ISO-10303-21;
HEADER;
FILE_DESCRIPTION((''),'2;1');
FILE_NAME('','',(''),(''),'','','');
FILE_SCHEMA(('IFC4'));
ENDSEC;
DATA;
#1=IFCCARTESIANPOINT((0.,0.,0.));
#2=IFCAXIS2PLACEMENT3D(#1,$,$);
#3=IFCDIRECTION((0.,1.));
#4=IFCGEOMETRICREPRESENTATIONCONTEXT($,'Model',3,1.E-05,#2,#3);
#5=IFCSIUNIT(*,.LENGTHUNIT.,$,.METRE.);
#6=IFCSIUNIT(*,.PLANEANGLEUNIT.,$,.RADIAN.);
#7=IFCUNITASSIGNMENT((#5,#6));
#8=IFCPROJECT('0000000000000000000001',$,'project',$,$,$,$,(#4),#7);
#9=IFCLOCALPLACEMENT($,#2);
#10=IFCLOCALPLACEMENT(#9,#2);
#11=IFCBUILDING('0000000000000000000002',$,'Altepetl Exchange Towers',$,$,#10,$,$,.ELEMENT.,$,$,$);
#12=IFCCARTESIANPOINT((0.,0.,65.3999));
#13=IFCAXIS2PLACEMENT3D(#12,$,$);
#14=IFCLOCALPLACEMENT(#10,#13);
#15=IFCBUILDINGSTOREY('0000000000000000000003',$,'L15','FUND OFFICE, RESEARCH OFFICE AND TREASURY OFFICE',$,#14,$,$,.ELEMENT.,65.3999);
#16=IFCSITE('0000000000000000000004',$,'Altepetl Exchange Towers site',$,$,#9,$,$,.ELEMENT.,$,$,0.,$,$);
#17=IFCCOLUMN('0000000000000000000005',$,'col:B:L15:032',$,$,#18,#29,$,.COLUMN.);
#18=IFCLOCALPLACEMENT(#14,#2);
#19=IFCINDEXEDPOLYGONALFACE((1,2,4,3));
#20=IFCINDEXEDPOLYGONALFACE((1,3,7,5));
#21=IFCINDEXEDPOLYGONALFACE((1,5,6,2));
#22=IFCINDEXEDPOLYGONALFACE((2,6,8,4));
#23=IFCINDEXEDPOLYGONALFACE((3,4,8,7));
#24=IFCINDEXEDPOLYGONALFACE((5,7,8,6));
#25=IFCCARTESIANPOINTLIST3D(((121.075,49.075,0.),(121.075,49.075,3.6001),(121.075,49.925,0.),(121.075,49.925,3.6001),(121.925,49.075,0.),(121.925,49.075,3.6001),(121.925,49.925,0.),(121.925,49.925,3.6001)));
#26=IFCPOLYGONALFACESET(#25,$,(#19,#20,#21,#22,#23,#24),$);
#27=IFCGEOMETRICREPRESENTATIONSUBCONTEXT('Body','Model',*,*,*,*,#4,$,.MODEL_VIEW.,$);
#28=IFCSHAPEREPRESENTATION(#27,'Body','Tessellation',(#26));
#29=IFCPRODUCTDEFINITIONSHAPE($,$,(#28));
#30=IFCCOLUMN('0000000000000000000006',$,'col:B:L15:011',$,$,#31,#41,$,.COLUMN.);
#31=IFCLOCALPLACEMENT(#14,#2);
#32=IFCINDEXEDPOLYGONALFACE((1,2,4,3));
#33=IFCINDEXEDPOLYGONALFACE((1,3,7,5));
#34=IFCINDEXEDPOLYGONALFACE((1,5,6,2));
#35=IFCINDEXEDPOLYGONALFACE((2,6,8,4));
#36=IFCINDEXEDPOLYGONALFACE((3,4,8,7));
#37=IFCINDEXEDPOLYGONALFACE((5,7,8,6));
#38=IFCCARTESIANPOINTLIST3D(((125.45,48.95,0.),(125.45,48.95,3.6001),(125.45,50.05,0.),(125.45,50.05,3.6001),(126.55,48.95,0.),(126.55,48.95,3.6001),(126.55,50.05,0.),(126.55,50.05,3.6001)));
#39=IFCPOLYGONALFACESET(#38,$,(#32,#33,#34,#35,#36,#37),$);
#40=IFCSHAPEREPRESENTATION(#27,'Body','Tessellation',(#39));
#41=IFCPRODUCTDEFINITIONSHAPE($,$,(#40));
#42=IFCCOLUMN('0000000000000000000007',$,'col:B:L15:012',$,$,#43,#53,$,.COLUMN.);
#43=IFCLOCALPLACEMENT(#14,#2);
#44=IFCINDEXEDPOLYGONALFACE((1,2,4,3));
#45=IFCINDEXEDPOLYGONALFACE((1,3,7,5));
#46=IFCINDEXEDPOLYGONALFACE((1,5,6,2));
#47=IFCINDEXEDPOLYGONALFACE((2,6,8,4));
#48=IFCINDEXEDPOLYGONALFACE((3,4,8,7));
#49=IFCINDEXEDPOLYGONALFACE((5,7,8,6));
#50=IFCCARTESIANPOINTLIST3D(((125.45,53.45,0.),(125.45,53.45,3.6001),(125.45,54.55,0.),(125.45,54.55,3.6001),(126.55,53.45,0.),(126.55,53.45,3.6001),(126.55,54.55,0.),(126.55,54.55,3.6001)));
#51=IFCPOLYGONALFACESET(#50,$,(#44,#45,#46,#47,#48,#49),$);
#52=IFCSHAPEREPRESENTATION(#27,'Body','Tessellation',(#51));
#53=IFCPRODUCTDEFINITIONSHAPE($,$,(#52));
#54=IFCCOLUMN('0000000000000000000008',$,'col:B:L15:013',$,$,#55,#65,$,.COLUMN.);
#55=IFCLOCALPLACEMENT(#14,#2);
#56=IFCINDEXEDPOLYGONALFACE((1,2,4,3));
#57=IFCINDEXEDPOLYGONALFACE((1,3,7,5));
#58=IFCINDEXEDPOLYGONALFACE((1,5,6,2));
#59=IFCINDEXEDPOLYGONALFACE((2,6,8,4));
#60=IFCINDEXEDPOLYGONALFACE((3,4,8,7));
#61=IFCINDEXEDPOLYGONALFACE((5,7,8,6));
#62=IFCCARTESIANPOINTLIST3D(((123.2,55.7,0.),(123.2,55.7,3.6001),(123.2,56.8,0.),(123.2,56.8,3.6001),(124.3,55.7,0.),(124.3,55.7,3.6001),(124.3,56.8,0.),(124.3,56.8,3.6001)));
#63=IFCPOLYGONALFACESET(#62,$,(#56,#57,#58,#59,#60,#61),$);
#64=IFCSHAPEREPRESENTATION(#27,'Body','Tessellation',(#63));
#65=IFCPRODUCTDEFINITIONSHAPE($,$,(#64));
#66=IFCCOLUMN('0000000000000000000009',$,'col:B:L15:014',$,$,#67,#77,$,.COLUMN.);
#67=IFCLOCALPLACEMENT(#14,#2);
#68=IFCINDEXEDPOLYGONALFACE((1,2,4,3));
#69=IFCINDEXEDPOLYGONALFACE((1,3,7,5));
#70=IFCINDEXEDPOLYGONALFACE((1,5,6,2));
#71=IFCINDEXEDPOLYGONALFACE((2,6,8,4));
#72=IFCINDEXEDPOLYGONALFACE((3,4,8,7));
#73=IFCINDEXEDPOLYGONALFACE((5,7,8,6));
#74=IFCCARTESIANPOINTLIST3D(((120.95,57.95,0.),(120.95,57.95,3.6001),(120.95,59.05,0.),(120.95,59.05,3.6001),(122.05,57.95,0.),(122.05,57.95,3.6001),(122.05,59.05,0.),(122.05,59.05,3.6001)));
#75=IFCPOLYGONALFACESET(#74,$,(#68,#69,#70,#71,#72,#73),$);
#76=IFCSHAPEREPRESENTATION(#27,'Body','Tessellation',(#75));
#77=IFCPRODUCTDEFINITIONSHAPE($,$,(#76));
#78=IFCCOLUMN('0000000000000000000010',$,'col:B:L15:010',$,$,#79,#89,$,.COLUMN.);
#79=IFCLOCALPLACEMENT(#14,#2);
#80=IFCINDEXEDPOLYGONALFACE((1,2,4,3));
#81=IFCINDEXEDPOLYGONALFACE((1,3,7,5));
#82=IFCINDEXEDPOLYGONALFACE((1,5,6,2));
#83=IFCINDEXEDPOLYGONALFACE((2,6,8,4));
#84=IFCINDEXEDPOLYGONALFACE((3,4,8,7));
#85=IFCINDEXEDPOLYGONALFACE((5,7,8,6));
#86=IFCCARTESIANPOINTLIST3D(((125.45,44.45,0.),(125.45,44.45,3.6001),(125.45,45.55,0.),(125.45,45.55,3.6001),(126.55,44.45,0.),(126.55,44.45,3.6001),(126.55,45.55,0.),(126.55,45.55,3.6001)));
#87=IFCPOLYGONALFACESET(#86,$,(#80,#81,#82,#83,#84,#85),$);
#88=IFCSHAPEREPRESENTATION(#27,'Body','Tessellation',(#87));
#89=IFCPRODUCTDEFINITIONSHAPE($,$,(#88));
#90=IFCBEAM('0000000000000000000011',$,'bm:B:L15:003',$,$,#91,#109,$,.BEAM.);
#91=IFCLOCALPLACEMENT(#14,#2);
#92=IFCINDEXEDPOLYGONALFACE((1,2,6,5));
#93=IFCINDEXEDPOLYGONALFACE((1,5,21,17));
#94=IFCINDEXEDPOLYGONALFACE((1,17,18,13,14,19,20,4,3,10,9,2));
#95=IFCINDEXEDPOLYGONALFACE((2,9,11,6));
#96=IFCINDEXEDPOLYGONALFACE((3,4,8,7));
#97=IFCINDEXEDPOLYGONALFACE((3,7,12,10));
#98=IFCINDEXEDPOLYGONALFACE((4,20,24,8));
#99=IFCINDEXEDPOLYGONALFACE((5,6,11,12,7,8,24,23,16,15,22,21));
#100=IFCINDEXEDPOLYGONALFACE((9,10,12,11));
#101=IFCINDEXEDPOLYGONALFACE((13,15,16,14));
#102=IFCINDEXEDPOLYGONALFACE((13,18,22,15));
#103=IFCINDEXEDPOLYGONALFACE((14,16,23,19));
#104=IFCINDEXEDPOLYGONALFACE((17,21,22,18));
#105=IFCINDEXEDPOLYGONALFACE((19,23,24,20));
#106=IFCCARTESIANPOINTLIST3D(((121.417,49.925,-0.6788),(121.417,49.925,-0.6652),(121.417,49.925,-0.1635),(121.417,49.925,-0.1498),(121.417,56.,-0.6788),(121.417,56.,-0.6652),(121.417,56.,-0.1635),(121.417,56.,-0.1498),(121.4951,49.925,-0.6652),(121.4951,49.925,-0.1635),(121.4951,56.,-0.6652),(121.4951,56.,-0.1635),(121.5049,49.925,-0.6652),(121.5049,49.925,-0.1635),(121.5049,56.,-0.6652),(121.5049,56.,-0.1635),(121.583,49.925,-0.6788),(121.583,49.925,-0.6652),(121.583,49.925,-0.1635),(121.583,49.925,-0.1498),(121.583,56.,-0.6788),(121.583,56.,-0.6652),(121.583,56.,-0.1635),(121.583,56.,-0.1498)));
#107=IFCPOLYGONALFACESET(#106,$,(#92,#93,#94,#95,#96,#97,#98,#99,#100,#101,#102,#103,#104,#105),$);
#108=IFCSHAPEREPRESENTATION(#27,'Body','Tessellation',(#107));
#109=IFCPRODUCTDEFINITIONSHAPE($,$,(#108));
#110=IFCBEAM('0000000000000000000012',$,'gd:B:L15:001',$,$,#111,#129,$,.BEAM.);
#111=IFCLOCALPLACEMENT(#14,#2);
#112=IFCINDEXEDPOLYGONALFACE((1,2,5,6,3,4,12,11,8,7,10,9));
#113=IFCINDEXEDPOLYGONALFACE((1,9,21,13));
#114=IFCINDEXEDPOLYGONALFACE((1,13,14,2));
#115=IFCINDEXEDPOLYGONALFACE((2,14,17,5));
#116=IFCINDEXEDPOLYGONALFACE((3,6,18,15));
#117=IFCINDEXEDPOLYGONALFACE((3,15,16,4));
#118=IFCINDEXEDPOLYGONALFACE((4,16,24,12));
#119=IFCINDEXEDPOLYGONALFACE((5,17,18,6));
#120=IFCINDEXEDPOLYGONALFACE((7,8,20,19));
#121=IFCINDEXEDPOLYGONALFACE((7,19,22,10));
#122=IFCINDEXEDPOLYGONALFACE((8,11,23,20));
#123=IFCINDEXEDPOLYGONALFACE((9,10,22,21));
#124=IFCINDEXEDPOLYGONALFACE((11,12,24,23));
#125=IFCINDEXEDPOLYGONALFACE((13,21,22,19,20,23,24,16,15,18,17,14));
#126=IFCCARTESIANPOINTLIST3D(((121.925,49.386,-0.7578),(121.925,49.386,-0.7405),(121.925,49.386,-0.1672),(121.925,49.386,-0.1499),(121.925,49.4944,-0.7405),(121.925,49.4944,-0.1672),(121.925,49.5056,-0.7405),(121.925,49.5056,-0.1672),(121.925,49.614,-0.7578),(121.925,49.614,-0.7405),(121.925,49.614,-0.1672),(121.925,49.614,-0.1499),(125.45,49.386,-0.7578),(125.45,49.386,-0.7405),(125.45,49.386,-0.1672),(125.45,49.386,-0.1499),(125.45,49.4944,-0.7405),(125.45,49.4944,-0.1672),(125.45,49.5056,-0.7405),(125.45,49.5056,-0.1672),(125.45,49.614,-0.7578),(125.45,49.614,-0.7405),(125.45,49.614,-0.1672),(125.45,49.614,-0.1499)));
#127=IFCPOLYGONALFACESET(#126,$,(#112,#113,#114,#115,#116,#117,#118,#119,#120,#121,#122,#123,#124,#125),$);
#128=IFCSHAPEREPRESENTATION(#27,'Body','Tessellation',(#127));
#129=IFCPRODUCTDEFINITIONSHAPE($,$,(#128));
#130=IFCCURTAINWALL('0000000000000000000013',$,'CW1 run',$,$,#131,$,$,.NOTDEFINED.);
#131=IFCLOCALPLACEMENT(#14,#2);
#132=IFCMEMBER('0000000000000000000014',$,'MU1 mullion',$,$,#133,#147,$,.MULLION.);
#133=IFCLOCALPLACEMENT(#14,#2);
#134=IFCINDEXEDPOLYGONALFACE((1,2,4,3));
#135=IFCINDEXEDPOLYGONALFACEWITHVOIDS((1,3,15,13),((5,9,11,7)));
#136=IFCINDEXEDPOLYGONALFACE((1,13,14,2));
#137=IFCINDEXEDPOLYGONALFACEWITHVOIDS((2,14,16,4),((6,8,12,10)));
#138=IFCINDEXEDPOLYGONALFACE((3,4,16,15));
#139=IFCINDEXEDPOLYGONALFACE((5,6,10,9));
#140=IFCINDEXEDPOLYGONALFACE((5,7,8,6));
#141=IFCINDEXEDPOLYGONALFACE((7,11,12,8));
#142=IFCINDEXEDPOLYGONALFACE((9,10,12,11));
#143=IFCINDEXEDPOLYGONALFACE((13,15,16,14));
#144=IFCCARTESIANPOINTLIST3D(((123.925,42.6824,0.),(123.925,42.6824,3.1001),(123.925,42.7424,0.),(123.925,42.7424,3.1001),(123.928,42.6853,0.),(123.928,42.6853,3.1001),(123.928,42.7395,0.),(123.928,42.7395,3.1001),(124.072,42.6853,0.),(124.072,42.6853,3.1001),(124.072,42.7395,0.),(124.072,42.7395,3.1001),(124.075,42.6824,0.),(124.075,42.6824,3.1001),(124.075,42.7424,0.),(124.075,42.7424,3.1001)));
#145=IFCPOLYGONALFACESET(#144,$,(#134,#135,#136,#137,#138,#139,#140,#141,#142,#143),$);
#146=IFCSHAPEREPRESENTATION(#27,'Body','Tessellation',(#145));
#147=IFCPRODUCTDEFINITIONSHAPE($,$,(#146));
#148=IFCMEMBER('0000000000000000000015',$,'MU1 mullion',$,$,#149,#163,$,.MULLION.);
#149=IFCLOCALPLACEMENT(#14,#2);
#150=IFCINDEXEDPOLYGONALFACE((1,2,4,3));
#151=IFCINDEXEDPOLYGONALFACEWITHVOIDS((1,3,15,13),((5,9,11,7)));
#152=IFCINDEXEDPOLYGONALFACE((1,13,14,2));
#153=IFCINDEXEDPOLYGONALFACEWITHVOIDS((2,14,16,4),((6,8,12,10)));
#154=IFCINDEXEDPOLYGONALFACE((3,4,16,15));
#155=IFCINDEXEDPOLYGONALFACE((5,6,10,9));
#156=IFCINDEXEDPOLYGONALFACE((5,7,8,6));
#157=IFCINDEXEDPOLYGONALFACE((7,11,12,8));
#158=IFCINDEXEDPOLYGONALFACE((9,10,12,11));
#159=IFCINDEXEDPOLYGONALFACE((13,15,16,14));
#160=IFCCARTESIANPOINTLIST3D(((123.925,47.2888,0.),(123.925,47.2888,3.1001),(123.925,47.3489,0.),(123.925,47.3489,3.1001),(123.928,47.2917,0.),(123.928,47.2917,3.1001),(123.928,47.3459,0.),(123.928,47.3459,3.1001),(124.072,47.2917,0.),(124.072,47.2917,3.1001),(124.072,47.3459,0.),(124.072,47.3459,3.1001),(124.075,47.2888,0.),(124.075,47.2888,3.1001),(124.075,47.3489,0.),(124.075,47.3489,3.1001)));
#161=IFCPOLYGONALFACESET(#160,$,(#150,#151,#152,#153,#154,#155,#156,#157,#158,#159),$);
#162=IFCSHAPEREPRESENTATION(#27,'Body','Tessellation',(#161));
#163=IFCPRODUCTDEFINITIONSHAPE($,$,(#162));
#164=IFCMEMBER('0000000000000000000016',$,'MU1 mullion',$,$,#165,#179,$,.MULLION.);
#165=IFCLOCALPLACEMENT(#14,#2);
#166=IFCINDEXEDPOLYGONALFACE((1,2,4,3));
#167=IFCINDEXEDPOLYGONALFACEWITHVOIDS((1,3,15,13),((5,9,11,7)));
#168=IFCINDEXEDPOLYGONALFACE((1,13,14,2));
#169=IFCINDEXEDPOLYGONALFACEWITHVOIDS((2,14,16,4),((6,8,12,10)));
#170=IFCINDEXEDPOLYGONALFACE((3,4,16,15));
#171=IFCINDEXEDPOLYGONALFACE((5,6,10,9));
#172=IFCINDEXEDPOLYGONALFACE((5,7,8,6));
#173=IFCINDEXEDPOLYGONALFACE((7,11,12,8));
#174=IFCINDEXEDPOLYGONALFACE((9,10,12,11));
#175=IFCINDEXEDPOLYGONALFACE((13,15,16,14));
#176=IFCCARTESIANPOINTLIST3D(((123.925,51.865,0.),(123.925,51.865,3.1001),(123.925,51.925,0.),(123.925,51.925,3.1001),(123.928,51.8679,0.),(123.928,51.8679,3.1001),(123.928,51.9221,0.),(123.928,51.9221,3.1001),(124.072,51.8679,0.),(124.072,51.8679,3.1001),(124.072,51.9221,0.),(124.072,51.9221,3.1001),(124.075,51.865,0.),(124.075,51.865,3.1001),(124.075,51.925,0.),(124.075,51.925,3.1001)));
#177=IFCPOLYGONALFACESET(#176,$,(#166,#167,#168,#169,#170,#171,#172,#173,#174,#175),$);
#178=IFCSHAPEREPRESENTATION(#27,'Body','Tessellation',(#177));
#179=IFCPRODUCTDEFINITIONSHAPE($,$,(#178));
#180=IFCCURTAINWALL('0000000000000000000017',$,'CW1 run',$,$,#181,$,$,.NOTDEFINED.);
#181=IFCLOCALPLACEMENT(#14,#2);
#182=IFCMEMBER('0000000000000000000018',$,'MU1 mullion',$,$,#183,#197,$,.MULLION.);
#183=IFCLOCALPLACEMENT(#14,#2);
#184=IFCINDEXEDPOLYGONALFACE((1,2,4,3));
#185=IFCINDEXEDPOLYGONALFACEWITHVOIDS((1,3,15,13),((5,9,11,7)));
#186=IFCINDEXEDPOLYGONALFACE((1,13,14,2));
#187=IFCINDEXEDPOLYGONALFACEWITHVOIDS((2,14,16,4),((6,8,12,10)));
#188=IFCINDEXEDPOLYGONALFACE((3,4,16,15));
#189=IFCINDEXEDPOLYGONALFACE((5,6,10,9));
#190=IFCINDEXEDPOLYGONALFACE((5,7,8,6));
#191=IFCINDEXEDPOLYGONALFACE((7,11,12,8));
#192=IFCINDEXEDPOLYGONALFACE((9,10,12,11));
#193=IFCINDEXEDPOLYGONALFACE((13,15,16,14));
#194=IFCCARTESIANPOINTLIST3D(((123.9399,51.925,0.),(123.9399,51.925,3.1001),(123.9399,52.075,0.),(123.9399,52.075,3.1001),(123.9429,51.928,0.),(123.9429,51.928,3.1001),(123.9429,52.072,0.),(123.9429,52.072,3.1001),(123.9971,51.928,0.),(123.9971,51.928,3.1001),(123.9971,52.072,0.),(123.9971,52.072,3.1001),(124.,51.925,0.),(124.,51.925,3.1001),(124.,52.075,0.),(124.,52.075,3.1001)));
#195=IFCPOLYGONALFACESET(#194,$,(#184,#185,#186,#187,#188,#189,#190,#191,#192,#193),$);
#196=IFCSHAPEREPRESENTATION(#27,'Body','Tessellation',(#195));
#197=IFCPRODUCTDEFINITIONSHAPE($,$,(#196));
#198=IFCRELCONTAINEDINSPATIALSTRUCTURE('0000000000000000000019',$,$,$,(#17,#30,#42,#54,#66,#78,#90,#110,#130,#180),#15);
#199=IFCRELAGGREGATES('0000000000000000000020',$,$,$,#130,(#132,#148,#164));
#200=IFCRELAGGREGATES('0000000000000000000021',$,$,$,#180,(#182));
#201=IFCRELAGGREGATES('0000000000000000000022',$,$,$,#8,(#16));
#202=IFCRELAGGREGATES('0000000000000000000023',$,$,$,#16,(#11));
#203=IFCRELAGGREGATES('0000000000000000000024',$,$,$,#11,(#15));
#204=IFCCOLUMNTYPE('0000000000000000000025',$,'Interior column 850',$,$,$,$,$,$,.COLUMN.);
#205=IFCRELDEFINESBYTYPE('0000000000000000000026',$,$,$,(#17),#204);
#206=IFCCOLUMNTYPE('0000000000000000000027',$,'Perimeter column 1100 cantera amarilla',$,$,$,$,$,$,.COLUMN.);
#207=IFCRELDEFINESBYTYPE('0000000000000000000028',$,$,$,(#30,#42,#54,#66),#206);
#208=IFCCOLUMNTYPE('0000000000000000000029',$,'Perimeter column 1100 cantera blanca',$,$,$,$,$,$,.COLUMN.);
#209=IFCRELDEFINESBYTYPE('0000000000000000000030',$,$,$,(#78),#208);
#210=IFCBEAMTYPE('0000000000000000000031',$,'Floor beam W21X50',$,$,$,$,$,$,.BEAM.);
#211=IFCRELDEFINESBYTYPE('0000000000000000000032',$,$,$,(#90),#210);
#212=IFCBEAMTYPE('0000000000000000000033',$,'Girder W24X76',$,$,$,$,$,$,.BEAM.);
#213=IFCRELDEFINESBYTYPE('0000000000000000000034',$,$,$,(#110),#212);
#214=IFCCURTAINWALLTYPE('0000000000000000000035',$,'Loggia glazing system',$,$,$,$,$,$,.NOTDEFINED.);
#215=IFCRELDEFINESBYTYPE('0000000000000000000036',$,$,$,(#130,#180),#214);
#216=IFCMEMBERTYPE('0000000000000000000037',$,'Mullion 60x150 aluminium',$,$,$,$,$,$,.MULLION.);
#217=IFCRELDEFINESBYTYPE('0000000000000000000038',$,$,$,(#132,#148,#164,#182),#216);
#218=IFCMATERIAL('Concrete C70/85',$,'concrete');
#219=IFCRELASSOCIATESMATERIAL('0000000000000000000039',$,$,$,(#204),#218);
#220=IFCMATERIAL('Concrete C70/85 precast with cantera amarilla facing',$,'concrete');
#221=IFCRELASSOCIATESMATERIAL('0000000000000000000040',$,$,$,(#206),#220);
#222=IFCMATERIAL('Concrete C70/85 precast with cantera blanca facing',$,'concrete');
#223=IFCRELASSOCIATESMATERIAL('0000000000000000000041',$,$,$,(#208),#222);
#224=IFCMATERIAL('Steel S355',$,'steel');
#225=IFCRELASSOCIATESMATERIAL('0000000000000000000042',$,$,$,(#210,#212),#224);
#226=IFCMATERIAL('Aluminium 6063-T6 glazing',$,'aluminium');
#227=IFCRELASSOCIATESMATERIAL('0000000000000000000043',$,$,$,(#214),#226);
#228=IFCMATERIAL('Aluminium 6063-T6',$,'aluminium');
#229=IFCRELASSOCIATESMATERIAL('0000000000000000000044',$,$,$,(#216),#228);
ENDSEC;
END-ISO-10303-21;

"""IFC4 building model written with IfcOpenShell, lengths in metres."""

from ifc_helpers import new_model, si_unit, direction, frame, origin, origin_2d, place, context, subcontext, project, spatial, rectangle, hollow_rectangle, i_section, extrude, material, material_profile, profile_set, type_object, element, aggregate, save


model = new_model("IFC4")

# Units and contexts
model_context = context("Model", 3, precision=1e-05, world=origin(), true_north=direction((0.0, 1.0)))
body_context = subcontext(model_context, "Body", "Model", "MODEL_VIEW")
ifc_project = project(units=[si_unit("LENGTHUNIT", "METRE"), si_unit("PLANEANGLEUNIT", "RADIAN")], contexts=[model_context])

# Site, building, storey
site_placement = place(None, origin())
site = spatial("IfcSite", under=ifc_project, at=site_placement, Name="Altepetl Exchange Towers site", CompositionType="ELEMENT", RefElevation=0.0)
building_placement = place(site_placement, origin())
building = spatial("IfcBuilding", under=site, at=building_placement, Name="Altepetl Exchange Towers", CompositionType="ELEMENT")
storey_placement = place(building_placement, frame((0.0, 0.0, 65.3999)))
storey = spatial("IfcBuildingStorey", under=building, at=storey_placement, Name="L15", Description="FUND OFFICE, RESEARCH OFFICE AND TREASURY OFFICE", CompositionType="ELEMENT", Elevation=65.3999)

# Columns
ifc_material_1 = material(Name="Concrete C70/85", Category="concrete")
ifc_material_profile_1 = material_profile(ifc_material_1, rectangle(XDim=0.8501, YDim=0.8501, at=origin_2d()), Name="850 x 850")
ifc_profile_set_1 = profile_set([ifc_material_profile_1], Name="Concrete C70/85")
column_type_1 = type_object("IfcColumnType", Name="Interior column 850", PredefinedType="COLUMN", material=ifc_profile_set_1)
column_1_placement = place(storey_placement, frame((121.5, 49.5, 0.0)))
element("IfcColumn", 1, at=column_1_placement, inside=storey, type_object=column_type_1, Name="col:B:L15:032", PredefinedType="COLUMN", context=body_context, shape_type="SweptSolid", body=[
    extrude(rectangle(XDim=0.8501, YDim=0.8501, at=origin_2d()), origin(), (0.0, 0.0, 1.0), 3.6001),
])
ifc_material_2 = material(Name="Concrete C70/85 precast with cantera amarilla facing", Category="concrete")
ifc_material_profile_2 = material_profile(ifc_material_2, rectangle(XDim=1.1001, YDim=1.1001, at=origin_2d()), Name="1100 x 1100")
ifc_profile_set_2 = profile_set([ifc_material_profile_2], Name="Concrete C70/85 precast with cantera amarilla facing")
column_type_2 = type_object("IfcColumnType", Name="Perimeter column 1100 cantera amarilla", PredefinedType="COLUMN", material=ifc_profile_set_2)
for number, where, name in (
    (2, (126.0, 49.5, 0.0), "col:B:L15:011"),
    (3, (126.0, 54.0, 0.0), "col:B:L15:012"),
    (4, (123.75, 56.25, 0.0), "col:B:L15:013"),
    (5, (121.5, 58.5, 0.0), "col:B:L15:014"),
):
    element("IfcColumn", number, at=place(storey_placement, frame(where)), inside=storey, type_object=column_type_2, Name=name, PredefinedType="COLUMN", context=body_context, shape_type="SweptSolid", body=[
        extrude(rectangle(XDim=1.1001, YDim=1.1001, at=origin_2d()), origin(), (0.0, 0.0, 1.0), 3.6001),
    ])
ifc_material_3 = material(Name="Concrete C70/85 precast with cantera blanca facing", Category="concrete")
ifc_material_profile_3 = material_profile(ifc_material_3, rectangle(XDim=1.1001, YDim=1.1001, at=origin_2d()), Name="1100 x 1100")
ifc_profile_set_3 = profile_set([ifc_material_profile_3], Name="Concrete C70/85 precast with cantera blanca facing")
column_type_3 = type_object("IfcColumnType", Name="Perimeter column 1100 cantera blanca", PredefinedType="COLUMN", material=ifc_profile_set_3)
column_2_placement = place(storey_placement, frame((126.0, 45.0, 0.0)))
element("IfcColumn", 6, at=column_2_placement, inside=storey, type_object=column_type_3, Name="col:B:L15:010", PredefinedType="COLUMN", context=body_context, shape_type="SweptSolid", body=[
    extrude(rectangle(XDim=1.1001, YDim=1.1001, at=origin_2d()), origin(), (0.0, 0.0, 1.0), 3.6001),
])

# Beams
ifc_material_4 = material(Name="Steel S355", Category="steel")
ifc_material_profile_4 = material_profile(ifc_material_4, i_section(OverallWidth=0.166, OverallDepth=0.5291, WebThickness=0.0098, FlangeThickness=0.0137, at=origin_2d()), Name="W21X50")
ifc_profile_set_4 = profile_set([ifc_material_profile_4], Name="Steel S355")
beam_type_1 = type_object("IfcBeamType", Name="Floor beam W21X50", PredefinedType="BEAM", material=ifc_profile_set_4)
beam_1_placement = place(storey_placement, frame((121.5, 49.925, -0.4143), z_axis=(0.0, 1.0, 0.0), x_axis=(-1.0, 0.0, 0.0)))
element("IfcBeam", 7, at=beam_1_placement, inside=storey, type_object=beam_type_1, Name="bm:B:L15:003", PredefinedType="BEAM", context=body_context, shape_type="SweptSolid", body=[
    extrude(i_section(OverallWidth=0.166, OverallDepth=0.5291, WebThickness=0.0098, FlangeThickness=0.0137, at=origin_2d()), origin(), (0.0, 0.0, 1.0), 6.075),
])
ifc_material_profile_5 = material_profile(ifc_material_4, i_section(OverallWidth=0.228, OverallDepth=0.6079, WebThickness=0.0112, FlangeThickness=0.0173, at=origin_2d()), Name="W24X76")
ifc_profile_set_5 = profile_set([ifc_material_profile_5], Name="Steel S355")
beam_type_2 = type_object("IfcBeamType", Name="Girder W24X76", PredefinedType="BEAM", material=ifc_profile_set_5)
beam_2_placement = place(storey_placement, frame((121.925, 49.5, -0.4539), z_axis=(1.0, 0.0, 0.0), x_axis=(0.0, 1.0, 0.0)))
element("IfcBeam", 8, at=beam_2_placement, inside=storey, type_object=beam_type_2, Name="gd:B:L15:001", PredefinedType="BEAM", context=body_context, shape_type="SweptSolid", body=[
    extrude(i_section(OverallWidth=0.228, OverallDepth=0.6079, WebThickness=0.0112, FlangeThickness=0.0173, at=origin_2d()), origin(), (0.0, 0.0, 1.0), 3.5249),
])

# Curtain walls, members
ifc_material_5 = material(Name="Aluminium 6063-T6 glazing", Category="aluminium")
curtain_wall_type = type_object("IfcCurtainWallType", Name="Loggia glazing system", PredefinedType="NOTDEFINED", material=ifc_material_5)
curtain_wall_1_placement = place(storey_placement, origin())
curtain_wall_1 = element("IfcCurtainWall", 9, at=curtain_wall_1_placement, inside=storey, type_object=curtain_wall_type, Name="CW1 run", PredefinedType="NOTDEFINED")
ifc_material_6 = material(Name="Aluminium 6063-T6", Category="aluminium")
ifc_material_profile_6 = material_profile(ifc_material_6, hollow_rectangle(XDim=0.0601, YDim=0.1499, WallThickness=0.0029, at=origin_2d()), Name="Mullion 60x150 aluminium")
ifc_profile_set_6 = profile_set([ifc_material_profile_6], Name="Aluminium 6063-T6")
member_type = type_object("IfcMemberType", Name="Mullion 60x150 aluminium", PredefinedType="MULLION", material=ifc_profile_set_6)
member_1_placement = place(storey_placement, frame((124.0, 42.7124, 0.0), z_axis=(0.0, 0.0, 1.0), x_axis=(0.0, 1.0, 0.0)))
member_1 = element("IfcMember", 10, at=member_1_placement, type_object=member_type, Name="MU1 mullion", PredefinedType="MULLION", context=body_context, shape_type="SweptSolid", body=[
    extrude(hollow_rectangle(XDim=0.0601, YDim=0.1499, WallThickness=0.0029, at=origin_2d()), origin(), (0.0, 0.0, 1.0), 3.1001),
])
member_2_placement = place(storey_placement, frame((124.0, 47.3188, 0.0), z_axis=(0.0, 0.0, 1.0), x_axis=(0.0, 1.0, 0.0)))
member_2 = element("IfcMember", 11, at=member_2_placement, type_object=member_type, Name="MU1 mullion", PredefinedType="MULLION", context=body_context, shape_type="SweptSolid", body=[
    extrude(hollow_rectangle(XDim=0.0601, YDim=0.1499, WallThickness=0.0029, at=origin_2d()), origin(), (0.0, 0.0, 1.0), 3.1001),
])
member_3_placement = place(storey_placement, frame((124.0, 51.895, 0.0), z_axis=(0.0, 0.0, 1.0), x_axis=(0.0, 1.0, 0.0)))
member_3 = element("IfcMember", 12, at=member_3_placement, type_object=member_type, Name="MU1 mullion", PredefinedType="MULLION", context=body_context, shape_type="SweptSolid", body=[
    extrude(hollow_rectangle(XDim=0.0601, YDim=0.1499, WallThickness=0.0029, at=origin_2d()), origin(), (0.0, 0.0, 1.0), 3.1001),
])
curtain_wall_2_placement = place(storey_placement, origin())
curtain_wall_2 = element("IfcCurtainWall", 13, at=curtain_wall_2_placement, inside=storey, type_object=curtain_wall_type, Name="CW1 run", PredefinedType="NOTDEFINED")
member_4_placement = place(storey_placement, frame((123.97, 52.0, 0.0), z_axis=(0.0, 0.0, 1.0), x_axis=(-1.0, 0.0, 0.0)))
member_4 = element("IfcMember", 14, at=member_4_placement, type_object=member_type, Name="MU1 mullion", PredefinedType="MULLION", context=body_context, shape_type="SweptSolid", body=[
    extrude(hollow_rectangle(XDim=0.0601, YDim=0.1499, WallThickness=0.0029, at=origin_2d()), origin(), (0.0, 0.0, 1.0), 3.1001),
])

aggregate(curtain_wall_1, [member_1, member_2, member_3])
aggregate(curtain_wall_2, [member_4])

save(model, "model.ifc")
